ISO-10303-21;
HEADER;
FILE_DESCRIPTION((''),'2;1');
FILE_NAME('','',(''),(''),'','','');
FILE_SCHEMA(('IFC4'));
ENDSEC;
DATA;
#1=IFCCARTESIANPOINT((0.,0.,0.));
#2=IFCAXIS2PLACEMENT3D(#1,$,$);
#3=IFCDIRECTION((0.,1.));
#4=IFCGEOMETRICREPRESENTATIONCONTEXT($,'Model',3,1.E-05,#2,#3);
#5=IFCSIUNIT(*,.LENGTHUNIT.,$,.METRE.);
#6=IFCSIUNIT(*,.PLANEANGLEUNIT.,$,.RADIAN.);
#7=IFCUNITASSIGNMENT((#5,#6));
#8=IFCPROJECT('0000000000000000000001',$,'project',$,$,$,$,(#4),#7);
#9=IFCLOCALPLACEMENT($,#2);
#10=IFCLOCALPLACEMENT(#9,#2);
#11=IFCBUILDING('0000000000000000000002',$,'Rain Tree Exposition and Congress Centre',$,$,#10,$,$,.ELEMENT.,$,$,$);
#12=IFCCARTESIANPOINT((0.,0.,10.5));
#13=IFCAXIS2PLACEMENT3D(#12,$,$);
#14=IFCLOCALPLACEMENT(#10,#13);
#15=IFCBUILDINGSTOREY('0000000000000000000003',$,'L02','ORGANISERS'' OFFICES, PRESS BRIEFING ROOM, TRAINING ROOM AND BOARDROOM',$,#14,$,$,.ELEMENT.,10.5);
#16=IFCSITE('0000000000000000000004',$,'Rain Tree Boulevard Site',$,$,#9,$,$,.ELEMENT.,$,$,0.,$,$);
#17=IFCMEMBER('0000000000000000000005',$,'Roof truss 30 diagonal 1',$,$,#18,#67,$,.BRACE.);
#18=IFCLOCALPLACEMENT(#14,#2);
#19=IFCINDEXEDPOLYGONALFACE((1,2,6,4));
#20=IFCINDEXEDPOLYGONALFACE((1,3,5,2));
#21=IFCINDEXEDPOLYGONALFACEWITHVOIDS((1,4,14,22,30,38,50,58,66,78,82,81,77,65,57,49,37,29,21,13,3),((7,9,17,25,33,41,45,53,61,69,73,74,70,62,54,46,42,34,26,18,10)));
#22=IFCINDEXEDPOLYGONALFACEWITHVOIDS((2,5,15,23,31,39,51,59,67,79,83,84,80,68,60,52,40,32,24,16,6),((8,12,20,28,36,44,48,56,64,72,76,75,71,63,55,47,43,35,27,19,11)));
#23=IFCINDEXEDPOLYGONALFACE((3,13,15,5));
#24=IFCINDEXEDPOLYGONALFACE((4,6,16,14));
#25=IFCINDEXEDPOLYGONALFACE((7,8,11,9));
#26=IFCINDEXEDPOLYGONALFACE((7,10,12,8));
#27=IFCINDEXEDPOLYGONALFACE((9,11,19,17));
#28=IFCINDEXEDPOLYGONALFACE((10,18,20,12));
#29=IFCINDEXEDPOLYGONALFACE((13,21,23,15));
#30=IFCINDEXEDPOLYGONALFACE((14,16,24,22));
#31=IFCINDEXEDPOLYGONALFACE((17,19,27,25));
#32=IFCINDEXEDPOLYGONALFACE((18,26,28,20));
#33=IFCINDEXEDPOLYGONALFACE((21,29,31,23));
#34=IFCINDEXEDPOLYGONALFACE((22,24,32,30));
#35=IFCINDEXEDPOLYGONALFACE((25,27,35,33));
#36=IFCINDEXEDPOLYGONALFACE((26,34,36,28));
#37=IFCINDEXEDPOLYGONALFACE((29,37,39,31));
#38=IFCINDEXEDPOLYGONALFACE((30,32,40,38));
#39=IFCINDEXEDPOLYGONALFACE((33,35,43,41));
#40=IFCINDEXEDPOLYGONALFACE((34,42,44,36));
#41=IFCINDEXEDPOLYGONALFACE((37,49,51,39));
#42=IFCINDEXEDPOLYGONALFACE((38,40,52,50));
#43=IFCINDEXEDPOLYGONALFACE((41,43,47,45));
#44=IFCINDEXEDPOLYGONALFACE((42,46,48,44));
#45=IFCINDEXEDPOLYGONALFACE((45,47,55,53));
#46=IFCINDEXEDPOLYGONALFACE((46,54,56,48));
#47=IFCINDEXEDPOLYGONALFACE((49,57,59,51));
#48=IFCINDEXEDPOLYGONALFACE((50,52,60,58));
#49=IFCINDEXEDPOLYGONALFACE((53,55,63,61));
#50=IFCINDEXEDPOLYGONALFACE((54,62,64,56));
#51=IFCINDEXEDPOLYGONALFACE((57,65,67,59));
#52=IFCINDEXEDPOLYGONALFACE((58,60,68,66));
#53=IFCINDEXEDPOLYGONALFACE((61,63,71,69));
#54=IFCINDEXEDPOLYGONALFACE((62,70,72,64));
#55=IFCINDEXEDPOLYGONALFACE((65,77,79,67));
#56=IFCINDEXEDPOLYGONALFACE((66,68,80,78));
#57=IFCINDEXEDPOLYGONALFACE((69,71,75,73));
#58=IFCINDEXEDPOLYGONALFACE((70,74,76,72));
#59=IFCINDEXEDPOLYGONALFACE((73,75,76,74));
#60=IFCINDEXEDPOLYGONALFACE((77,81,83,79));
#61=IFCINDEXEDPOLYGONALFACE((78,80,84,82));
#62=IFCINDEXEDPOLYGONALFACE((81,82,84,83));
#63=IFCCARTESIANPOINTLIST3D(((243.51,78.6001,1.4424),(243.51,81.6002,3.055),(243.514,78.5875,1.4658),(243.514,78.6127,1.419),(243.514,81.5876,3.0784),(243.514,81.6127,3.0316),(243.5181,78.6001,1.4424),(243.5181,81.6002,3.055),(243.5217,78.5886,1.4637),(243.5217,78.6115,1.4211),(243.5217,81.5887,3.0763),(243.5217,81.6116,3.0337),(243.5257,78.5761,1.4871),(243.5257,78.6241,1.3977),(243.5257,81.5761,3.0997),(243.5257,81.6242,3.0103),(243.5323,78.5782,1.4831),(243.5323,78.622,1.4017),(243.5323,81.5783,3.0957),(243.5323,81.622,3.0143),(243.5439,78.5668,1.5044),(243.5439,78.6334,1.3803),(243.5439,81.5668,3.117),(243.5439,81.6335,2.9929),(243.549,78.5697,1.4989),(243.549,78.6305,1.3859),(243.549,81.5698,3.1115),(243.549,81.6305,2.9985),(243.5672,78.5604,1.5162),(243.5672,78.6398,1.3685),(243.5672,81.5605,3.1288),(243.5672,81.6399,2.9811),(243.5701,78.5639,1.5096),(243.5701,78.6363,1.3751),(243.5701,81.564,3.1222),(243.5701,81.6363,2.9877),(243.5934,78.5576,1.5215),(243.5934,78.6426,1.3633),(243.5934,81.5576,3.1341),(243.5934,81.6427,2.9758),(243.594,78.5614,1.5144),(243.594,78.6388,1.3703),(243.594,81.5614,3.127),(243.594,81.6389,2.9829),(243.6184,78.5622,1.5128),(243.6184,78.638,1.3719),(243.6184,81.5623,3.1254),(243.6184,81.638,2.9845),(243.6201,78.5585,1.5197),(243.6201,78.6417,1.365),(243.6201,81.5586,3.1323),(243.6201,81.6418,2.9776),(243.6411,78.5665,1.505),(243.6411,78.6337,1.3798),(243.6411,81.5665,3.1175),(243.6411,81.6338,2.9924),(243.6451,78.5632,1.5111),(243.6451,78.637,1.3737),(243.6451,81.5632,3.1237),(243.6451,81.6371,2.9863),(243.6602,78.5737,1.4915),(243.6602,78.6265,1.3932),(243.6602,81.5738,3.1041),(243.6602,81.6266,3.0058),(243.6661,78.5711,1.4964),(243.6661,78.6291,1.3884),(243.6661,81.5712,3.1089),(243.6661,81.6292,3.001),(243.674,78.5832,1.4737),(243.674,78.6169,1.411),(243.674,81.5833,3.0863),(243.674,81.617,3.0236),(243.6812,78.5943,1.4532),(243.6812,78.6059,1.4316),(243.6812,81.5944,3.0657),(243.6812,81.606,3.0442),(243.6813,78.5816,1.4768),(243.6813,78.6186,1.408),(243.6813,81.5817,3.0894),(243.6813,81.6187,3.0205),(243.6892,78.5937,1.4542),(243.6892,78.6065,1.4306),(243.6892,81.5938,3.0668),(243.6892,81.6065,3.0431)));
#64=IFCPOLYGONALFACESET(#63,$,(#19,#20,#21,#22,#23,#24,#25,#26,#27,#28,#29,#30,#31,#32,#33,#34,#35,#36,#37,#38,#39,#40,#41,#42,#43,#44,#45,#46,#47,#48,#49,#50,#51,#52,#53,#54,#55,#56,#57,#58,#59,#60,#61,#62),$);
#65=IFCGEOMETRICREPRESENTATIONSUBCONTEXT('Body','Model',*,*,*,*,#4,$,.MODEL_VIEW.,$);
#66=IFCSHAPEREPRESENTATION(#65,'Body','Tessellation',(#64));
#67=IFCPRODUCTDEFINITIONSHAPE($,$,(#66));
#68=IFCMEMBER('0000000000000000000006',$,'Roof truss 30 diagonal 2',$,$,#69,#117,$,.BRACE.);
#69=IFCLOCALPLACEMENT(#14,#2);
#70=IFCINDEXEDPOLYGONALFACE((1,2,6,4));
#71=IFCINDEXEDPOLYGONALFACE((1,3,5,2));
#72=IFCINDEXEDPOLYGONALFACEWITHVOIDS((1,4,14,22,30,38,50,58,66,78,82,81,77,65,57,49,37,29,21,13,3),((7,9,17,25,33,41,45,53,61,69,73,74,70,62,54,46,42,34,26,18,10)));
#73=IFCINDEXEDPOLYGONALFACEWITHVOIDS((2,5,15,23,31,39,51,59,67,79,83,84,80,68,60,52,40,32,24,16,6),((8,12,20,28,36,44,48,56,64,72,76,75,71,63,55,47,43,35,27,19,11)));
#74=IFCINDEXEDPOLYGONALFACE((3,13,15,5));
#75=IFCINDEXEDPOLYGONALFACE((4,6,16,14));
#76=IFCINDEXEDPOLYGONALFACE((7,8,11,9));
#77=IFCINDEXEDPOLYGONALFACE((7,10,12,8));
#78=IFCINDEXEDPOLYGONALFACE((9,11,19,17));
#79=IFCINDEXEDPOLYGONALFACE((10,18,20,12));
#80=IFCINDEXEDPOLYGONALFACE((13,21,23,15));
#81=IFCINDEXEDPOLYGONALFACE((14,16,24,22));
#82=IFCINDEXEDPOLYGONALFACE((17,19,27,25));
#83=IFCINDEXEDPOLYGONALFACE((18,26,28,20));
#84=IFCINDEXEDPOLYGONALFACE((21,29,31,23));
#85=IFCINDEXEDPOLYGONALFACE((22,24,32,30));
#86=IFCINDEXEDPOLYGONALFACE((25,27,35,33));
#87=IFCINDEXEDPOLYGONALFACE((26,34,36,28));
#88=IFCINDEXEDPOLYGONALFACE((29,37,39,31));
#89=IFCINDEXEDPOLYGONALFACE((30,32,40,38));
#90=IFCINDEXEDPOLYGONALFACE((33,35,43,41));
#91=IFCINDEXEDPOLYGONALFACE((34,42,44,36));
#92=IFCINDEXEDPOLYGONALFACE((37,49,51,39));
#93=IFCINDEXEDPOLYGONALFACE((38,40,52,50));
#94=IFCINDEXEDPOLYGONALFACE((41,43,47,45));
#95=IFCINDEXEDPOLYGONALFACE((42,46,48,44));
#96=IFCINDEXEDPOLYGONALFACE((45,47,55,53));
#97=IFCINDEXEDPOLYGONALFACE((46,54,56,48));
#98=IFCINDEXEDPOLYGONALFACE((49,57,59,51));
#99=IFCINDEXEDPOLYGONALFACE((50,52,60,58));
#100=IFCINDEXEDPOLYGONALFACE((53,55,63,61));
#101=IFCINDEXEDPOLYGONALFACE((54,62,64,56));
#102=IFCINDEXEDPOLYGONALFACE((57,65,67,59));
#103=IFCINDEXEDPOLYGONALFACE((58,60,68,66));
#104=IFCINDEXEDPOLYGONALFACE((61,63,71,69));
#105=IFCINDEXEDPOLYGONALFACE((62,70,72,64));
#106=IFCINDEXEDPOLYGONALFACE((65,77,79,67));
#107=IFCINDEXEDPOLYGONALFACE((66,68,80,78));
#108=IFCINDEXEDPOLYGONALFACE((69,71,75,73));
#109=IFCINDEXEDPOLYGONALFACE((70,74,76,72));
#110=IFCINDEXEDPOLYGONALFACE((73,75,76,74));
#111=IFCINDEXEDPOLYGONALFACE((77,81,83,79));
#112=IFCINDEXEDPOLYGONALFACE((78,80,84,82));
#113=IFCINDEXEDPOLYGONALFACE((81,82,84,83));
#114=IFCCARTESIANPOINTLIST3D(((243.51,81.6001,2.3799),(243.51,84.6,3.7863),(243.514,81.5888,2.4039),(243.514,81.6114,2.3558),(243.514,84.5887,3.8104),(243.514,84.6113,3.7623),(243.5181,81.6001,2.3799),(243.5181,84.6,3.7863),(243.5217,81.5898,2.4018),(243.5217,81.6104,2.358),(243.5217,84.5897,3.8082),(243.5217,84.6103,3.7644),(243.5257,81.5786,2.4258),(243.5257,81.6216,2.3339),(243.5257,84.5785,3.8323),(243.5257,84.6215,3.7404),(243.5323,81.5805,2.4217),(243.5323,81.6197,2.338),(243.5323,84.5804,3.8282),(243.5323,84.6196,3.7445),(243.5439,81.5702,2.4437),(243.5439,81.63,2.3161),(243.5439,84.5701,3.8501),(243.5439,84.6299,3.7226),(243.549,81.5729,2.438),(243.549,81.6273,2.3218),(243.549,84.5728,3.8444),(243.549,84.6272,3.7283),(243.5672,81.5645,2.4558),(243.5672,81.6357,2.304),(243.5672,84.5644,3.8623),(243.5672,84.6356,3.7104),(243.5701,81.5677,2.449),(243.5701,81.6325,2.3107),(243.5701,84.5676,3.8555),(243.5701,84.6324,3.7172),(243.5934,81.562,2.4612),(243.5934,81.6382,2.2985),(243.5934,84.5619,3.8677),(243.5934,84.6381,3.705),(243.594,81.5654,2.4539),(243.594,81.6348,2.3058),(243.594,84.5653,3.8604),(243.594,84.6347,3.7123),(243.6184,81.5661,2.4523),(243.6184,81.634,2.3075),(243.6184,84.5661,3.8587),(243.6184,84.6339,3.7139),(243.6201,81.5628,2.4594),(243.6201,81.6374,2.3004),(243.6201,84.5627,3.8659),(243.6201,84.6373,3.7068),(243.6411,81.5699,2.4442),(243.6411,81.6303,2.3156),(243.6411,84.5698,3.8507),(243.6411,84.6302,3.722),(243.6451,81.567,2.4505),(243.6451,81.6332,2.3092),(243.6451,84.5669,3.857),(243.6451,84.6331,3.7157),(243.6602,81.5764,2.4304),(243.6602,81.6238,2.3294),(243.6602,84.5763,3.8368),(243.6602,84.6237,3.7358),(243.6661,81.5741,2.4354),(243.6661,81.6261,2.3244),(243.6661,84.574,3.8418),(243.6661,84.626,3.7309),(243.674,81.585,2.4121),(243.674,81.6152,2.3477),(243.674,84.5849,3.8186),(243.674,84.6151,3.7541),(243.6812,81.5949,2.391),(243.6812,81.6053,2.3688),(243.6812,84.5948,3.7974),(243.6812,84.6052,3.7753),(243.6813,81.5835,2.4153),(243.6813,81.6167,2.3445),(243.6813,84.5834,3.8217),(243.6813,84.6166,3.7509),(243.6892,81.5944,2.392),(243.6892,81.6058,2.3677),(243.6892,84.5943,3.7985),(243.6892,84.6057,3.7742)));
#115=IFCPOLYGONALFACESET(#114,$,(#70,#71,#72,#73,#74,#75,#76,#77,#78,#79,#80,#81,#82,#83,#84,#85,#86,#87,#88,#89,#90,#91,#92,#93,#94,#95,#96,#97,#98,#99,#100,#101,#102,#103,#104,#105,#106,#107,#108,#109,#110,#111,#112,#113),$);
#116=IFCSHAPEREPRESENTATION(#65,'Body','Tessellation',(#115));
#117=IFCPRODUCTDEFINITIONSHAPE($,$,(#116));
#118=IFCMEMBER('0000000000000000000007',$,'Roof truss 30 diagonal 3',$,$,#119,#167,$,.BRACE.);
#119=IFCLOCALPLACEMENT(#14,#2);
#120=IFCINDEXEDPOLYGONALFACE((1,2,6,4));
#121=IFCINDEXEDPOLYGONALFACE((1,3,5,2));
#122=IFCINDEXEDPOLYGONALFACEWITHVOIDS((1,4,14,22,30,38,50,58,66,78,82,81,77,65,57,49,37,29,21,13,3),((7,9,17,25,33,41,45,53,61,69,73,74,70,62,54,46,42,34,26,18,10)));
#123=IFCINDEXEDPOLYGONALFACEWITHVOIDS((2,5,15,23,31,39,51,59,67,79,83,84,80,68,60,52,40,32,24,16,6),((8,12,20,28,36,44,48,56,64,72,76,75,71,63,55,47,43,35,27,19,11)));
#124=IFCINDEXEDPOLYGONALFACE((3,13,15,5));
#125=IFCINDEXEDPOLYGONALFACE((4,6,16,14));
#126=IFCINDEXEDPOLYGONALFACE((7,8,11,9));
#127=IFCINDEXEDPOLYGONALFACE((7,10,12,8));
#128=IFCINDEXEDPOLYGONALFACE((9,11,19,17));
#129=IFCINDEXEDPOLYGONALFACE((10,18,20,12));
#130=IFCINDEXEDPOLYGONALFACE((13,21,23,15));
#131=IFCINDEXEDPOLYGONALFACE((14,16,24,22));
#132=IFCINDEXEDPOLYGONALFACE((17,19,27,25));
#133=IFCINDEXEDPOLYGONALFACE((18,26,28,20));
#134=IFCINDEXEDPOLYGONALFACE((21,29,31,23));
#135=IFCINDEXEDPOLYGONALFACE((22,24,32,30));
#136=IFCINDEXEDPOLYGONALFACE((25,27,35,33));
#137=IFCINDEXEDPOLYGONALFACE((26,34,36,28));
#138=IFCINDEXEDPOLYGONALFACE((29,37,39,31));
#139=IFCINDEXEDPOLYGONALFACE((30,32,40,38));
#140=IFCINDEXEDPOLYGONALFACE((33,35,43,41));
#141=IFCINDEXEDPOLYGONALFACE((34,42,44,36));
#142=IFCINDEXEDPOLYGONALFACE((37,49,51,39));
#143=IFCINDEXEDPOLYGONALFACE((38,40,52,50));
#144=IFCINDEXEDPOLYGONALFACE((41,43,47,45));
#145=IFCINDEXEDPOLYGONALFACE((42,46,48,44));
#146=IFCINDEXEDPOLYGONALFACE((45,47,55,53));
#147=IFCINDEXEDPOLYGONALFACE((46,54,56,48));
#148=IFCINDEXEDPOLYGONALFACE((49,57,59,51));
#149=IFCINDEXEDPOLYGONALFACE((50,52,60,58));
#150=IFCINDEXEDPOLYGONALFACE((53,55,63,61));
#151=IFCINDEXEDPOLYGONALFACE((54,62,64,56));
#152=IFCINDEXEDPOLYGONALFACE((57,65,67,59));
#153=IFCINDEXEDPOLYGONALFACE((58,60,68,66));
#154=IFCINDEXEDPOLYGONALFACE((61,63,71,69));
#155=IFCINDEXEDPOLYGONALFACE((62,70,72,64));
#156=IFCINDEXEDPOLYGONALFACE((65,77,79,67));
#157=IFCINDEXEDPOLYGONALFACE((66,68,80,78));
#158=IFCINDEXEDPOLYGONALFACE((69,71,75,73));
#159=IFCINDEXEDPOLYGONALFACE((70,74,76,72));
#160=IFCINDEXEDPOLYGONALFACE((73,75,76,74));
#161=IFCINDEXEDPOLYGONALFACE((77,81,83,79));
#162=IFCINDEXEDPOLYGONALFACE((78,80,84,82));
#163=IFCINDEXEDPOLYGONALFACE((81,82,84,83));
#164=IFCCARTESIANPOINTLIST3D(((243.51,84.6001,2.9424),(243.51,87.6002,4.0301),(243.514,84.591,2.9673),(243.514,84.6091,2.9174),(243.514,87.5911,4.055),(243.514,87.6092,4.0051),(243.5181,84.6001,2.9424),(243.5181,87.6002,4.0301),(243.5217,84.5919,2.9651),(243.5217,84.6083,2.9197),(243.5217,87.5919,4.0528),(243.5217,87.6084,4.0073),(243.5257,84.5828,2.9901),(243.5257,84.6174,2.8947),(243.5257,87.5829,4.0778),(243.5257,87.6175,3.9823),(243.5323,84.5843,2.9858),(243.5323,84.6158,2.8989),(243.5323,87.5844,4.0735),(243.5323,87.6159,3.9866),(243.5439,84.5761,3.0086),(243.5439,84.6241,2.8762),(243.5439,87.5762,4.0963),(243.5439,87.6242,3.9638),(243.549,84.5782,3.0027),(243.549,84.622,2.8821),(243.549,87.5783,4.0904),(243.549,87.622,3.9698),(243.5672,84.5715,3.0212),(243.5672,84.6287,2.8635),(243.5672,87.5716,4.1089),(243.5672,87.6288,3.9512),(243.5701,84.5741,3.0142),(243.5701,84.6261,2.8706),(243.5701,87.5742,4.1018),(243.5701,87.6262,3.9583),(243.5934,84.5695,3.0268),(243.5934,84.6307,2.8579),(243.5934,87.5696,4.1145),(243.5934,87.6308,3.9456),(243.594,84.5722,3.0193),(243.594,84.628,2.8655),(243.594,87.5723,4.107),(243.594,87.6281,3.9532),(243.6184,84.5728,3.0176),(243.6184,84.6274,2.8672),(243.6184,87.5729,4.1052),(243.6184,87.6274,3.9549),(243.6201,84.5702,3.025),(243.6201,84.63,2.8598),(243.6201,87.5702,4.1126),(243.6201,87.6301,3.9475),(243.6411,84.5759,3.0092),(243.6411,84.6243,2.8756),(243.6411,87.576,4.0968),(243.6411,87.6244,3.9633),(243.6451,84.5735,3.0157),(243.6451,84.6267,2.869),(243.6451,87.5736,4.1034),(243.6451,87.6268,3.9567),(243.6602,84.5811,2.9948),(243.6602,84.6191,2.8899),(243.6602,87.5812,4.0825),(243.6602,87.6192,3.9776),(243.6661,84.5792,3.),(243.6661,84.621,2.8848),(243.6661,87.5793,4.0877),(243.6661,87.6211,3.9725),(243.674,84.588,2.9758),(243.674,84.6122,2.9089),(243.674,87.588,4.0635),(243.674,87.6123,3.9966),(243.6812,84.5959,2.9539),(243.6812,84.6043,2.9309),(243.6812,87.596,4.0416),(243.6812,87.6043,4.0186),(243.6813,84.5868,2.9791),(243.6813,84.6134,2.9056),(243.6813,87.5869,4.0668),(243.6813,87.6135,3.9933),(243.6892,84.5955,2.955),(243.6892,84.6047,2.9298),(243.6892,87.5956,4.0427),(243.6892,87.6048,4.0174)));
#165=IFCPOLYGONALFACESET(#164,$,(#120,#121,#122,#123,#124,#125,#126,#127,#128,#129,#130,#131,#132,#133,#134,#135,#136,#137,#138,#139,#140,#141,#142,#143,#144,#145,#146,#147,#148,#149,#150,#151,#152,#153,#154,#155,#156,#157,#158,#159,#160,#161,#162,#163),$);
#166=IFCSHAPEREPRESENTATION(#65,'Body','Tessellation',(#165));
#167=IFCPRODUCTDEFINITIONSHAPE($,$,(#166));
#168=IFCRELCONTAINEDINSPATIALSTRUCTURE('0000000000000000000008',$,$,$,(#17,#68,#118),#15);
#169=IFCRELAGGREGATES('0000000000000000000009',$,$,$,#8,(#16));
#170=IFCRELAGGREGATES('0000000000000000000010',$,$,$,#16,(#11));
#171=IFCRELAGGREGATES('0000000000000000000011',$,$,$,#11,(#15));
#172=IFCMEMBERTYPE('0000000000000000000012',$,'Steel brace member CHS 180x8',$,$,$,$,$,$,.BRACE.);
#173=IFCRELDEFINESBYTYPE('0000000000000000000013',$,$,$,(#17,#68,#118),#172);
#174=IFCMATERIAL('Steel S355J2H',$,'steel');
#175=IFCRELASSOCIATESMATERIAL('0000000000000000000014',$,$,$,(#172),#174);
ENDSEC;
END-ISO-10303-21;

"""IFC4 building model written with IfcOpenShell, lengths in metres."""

from ifc_helpers import new_model, si_unit, direction, frame, origin, origin_2d, place, context, subcontext, project, spatial, hollow_circle, extrude, material, material_profile, profile_set, type_object, element, save


model = new_model("IFC4")

# Units and contexts
model_context = context("Model", 3, precision=1e-05, world=origin(), true_north=direction((0.0, 1.0)))
body_context = subcontext(model_context, "Body", "Model", "MODEL_VIEW")
ifc_project = project(units=[si_unit("LENGTHUNIT", "METRE"), si_unit("PLANEANGLEUNIT", "RADIAN")], contexts=[model_context])

# Site, building, storey
site_placement = place(None, origin())
site = spatial("IfcSite", under=ifc_project, at=site_placement, Name="Rain Tree Boulevard Site", CompositionType="ELEMENT", RefElevation=0.0)
building_placement = place(site_placement, origin())
building = spatial("IfcBuilding", under=site, at=building_placement, Name="Rain Tree Exposition and Congress Centre", CompositionType="ELEMENT")
storey_placement = place(building_placement, frame((0.0, 0.0, 10.5)))
storey = spatial("IfcBuildingStorey", under=building, at=storey_placement, Name="L02", Description="ORGANISERS' OFFICES, PRESS BRIEFING ROOM, TRAINING ROOM AND BOARDROOM", CompositionType="ELEMENT", Elevation=10.5)

# Members
ifc_material_1 = material(Name="Steel S355J2H", Category="steel")
ifc_material_profile_1 = material_profile(ifc_material_1, hollow_circle(Radius=0.0901, WallThickness=0.0081, at=origin_2d()), Name="CHS 180x8")
ifc_profile_set_1 = profile_set([ifc_material_profile_1], Name="Steel S355J2H")
member_type_1 = type_object("IfcMemberType", Name="Steel brace member CHS 180x8", PredefinedType="BRACE", material=ifc_profile_set_1)
member_1_placement = place(storey_placement, frame((243.6001, 78.6001, 1.4424), z_axis=(0.0, 0.880818, 0.473454), x_axis=(-1.0, 0.0, 0.0)))
element("IfcMember", 1, at=member_1_placement, inside=storey, type_object=member_type_1, Name="Roof truss 30 diagonal 1", PredefinedType="BRACE", context=body_context, shape_type="SweptSolid", body=[
    extrude(hollow_circle(Radius=0.0901, WallThickness=0.0081, at=origin_2d()), origin(), (0.0, 0.0, 1.0), 3.406),
])
member_2_placement = place(storey_placement, frame((243.6001, 81.6001, 2.3799), z_axis=(0.0, 0.905431, 0.424494), x_axis=(-1.0, 0.0, 0.0)))
element("IfcMember", 2, at=member_2_placement, inside=storey, type_object=member_type_1, Name="Roof truss 30 diagonal 2", PredefinedType="BRACE", context=body_context, shape_type="SweptSolid", body=[
    extrude(hollow_circle(Radius=0.0901, WallThickness=0.0081, at=origin_2d()), origin(), (0.0, 0.0, 1.0), 3.3132),
])
member_3_placement = place(storey_placement, frame((243.6001, 84.6001, 2.9424), z_axis=(0.0, 0.940121, 0.34084), x_axis=(-1.0, 0.0, 0.0)))
element("IfcMember", 3, at=member_3_placement, inside=storey, type_object=member_type_1, Name="Roof truss 30 diagonal 3", PredefinedType="BRACE", context=body_context, shape_type="SweptSolid", body=[
    extrude(hollow_circle(Radius=0.0901, WallThickness=0.0081, at=origin_2d()), origin(), (0.0, 0.0, 1.0), 3.1912),
])

save(model, "model.ifc")
